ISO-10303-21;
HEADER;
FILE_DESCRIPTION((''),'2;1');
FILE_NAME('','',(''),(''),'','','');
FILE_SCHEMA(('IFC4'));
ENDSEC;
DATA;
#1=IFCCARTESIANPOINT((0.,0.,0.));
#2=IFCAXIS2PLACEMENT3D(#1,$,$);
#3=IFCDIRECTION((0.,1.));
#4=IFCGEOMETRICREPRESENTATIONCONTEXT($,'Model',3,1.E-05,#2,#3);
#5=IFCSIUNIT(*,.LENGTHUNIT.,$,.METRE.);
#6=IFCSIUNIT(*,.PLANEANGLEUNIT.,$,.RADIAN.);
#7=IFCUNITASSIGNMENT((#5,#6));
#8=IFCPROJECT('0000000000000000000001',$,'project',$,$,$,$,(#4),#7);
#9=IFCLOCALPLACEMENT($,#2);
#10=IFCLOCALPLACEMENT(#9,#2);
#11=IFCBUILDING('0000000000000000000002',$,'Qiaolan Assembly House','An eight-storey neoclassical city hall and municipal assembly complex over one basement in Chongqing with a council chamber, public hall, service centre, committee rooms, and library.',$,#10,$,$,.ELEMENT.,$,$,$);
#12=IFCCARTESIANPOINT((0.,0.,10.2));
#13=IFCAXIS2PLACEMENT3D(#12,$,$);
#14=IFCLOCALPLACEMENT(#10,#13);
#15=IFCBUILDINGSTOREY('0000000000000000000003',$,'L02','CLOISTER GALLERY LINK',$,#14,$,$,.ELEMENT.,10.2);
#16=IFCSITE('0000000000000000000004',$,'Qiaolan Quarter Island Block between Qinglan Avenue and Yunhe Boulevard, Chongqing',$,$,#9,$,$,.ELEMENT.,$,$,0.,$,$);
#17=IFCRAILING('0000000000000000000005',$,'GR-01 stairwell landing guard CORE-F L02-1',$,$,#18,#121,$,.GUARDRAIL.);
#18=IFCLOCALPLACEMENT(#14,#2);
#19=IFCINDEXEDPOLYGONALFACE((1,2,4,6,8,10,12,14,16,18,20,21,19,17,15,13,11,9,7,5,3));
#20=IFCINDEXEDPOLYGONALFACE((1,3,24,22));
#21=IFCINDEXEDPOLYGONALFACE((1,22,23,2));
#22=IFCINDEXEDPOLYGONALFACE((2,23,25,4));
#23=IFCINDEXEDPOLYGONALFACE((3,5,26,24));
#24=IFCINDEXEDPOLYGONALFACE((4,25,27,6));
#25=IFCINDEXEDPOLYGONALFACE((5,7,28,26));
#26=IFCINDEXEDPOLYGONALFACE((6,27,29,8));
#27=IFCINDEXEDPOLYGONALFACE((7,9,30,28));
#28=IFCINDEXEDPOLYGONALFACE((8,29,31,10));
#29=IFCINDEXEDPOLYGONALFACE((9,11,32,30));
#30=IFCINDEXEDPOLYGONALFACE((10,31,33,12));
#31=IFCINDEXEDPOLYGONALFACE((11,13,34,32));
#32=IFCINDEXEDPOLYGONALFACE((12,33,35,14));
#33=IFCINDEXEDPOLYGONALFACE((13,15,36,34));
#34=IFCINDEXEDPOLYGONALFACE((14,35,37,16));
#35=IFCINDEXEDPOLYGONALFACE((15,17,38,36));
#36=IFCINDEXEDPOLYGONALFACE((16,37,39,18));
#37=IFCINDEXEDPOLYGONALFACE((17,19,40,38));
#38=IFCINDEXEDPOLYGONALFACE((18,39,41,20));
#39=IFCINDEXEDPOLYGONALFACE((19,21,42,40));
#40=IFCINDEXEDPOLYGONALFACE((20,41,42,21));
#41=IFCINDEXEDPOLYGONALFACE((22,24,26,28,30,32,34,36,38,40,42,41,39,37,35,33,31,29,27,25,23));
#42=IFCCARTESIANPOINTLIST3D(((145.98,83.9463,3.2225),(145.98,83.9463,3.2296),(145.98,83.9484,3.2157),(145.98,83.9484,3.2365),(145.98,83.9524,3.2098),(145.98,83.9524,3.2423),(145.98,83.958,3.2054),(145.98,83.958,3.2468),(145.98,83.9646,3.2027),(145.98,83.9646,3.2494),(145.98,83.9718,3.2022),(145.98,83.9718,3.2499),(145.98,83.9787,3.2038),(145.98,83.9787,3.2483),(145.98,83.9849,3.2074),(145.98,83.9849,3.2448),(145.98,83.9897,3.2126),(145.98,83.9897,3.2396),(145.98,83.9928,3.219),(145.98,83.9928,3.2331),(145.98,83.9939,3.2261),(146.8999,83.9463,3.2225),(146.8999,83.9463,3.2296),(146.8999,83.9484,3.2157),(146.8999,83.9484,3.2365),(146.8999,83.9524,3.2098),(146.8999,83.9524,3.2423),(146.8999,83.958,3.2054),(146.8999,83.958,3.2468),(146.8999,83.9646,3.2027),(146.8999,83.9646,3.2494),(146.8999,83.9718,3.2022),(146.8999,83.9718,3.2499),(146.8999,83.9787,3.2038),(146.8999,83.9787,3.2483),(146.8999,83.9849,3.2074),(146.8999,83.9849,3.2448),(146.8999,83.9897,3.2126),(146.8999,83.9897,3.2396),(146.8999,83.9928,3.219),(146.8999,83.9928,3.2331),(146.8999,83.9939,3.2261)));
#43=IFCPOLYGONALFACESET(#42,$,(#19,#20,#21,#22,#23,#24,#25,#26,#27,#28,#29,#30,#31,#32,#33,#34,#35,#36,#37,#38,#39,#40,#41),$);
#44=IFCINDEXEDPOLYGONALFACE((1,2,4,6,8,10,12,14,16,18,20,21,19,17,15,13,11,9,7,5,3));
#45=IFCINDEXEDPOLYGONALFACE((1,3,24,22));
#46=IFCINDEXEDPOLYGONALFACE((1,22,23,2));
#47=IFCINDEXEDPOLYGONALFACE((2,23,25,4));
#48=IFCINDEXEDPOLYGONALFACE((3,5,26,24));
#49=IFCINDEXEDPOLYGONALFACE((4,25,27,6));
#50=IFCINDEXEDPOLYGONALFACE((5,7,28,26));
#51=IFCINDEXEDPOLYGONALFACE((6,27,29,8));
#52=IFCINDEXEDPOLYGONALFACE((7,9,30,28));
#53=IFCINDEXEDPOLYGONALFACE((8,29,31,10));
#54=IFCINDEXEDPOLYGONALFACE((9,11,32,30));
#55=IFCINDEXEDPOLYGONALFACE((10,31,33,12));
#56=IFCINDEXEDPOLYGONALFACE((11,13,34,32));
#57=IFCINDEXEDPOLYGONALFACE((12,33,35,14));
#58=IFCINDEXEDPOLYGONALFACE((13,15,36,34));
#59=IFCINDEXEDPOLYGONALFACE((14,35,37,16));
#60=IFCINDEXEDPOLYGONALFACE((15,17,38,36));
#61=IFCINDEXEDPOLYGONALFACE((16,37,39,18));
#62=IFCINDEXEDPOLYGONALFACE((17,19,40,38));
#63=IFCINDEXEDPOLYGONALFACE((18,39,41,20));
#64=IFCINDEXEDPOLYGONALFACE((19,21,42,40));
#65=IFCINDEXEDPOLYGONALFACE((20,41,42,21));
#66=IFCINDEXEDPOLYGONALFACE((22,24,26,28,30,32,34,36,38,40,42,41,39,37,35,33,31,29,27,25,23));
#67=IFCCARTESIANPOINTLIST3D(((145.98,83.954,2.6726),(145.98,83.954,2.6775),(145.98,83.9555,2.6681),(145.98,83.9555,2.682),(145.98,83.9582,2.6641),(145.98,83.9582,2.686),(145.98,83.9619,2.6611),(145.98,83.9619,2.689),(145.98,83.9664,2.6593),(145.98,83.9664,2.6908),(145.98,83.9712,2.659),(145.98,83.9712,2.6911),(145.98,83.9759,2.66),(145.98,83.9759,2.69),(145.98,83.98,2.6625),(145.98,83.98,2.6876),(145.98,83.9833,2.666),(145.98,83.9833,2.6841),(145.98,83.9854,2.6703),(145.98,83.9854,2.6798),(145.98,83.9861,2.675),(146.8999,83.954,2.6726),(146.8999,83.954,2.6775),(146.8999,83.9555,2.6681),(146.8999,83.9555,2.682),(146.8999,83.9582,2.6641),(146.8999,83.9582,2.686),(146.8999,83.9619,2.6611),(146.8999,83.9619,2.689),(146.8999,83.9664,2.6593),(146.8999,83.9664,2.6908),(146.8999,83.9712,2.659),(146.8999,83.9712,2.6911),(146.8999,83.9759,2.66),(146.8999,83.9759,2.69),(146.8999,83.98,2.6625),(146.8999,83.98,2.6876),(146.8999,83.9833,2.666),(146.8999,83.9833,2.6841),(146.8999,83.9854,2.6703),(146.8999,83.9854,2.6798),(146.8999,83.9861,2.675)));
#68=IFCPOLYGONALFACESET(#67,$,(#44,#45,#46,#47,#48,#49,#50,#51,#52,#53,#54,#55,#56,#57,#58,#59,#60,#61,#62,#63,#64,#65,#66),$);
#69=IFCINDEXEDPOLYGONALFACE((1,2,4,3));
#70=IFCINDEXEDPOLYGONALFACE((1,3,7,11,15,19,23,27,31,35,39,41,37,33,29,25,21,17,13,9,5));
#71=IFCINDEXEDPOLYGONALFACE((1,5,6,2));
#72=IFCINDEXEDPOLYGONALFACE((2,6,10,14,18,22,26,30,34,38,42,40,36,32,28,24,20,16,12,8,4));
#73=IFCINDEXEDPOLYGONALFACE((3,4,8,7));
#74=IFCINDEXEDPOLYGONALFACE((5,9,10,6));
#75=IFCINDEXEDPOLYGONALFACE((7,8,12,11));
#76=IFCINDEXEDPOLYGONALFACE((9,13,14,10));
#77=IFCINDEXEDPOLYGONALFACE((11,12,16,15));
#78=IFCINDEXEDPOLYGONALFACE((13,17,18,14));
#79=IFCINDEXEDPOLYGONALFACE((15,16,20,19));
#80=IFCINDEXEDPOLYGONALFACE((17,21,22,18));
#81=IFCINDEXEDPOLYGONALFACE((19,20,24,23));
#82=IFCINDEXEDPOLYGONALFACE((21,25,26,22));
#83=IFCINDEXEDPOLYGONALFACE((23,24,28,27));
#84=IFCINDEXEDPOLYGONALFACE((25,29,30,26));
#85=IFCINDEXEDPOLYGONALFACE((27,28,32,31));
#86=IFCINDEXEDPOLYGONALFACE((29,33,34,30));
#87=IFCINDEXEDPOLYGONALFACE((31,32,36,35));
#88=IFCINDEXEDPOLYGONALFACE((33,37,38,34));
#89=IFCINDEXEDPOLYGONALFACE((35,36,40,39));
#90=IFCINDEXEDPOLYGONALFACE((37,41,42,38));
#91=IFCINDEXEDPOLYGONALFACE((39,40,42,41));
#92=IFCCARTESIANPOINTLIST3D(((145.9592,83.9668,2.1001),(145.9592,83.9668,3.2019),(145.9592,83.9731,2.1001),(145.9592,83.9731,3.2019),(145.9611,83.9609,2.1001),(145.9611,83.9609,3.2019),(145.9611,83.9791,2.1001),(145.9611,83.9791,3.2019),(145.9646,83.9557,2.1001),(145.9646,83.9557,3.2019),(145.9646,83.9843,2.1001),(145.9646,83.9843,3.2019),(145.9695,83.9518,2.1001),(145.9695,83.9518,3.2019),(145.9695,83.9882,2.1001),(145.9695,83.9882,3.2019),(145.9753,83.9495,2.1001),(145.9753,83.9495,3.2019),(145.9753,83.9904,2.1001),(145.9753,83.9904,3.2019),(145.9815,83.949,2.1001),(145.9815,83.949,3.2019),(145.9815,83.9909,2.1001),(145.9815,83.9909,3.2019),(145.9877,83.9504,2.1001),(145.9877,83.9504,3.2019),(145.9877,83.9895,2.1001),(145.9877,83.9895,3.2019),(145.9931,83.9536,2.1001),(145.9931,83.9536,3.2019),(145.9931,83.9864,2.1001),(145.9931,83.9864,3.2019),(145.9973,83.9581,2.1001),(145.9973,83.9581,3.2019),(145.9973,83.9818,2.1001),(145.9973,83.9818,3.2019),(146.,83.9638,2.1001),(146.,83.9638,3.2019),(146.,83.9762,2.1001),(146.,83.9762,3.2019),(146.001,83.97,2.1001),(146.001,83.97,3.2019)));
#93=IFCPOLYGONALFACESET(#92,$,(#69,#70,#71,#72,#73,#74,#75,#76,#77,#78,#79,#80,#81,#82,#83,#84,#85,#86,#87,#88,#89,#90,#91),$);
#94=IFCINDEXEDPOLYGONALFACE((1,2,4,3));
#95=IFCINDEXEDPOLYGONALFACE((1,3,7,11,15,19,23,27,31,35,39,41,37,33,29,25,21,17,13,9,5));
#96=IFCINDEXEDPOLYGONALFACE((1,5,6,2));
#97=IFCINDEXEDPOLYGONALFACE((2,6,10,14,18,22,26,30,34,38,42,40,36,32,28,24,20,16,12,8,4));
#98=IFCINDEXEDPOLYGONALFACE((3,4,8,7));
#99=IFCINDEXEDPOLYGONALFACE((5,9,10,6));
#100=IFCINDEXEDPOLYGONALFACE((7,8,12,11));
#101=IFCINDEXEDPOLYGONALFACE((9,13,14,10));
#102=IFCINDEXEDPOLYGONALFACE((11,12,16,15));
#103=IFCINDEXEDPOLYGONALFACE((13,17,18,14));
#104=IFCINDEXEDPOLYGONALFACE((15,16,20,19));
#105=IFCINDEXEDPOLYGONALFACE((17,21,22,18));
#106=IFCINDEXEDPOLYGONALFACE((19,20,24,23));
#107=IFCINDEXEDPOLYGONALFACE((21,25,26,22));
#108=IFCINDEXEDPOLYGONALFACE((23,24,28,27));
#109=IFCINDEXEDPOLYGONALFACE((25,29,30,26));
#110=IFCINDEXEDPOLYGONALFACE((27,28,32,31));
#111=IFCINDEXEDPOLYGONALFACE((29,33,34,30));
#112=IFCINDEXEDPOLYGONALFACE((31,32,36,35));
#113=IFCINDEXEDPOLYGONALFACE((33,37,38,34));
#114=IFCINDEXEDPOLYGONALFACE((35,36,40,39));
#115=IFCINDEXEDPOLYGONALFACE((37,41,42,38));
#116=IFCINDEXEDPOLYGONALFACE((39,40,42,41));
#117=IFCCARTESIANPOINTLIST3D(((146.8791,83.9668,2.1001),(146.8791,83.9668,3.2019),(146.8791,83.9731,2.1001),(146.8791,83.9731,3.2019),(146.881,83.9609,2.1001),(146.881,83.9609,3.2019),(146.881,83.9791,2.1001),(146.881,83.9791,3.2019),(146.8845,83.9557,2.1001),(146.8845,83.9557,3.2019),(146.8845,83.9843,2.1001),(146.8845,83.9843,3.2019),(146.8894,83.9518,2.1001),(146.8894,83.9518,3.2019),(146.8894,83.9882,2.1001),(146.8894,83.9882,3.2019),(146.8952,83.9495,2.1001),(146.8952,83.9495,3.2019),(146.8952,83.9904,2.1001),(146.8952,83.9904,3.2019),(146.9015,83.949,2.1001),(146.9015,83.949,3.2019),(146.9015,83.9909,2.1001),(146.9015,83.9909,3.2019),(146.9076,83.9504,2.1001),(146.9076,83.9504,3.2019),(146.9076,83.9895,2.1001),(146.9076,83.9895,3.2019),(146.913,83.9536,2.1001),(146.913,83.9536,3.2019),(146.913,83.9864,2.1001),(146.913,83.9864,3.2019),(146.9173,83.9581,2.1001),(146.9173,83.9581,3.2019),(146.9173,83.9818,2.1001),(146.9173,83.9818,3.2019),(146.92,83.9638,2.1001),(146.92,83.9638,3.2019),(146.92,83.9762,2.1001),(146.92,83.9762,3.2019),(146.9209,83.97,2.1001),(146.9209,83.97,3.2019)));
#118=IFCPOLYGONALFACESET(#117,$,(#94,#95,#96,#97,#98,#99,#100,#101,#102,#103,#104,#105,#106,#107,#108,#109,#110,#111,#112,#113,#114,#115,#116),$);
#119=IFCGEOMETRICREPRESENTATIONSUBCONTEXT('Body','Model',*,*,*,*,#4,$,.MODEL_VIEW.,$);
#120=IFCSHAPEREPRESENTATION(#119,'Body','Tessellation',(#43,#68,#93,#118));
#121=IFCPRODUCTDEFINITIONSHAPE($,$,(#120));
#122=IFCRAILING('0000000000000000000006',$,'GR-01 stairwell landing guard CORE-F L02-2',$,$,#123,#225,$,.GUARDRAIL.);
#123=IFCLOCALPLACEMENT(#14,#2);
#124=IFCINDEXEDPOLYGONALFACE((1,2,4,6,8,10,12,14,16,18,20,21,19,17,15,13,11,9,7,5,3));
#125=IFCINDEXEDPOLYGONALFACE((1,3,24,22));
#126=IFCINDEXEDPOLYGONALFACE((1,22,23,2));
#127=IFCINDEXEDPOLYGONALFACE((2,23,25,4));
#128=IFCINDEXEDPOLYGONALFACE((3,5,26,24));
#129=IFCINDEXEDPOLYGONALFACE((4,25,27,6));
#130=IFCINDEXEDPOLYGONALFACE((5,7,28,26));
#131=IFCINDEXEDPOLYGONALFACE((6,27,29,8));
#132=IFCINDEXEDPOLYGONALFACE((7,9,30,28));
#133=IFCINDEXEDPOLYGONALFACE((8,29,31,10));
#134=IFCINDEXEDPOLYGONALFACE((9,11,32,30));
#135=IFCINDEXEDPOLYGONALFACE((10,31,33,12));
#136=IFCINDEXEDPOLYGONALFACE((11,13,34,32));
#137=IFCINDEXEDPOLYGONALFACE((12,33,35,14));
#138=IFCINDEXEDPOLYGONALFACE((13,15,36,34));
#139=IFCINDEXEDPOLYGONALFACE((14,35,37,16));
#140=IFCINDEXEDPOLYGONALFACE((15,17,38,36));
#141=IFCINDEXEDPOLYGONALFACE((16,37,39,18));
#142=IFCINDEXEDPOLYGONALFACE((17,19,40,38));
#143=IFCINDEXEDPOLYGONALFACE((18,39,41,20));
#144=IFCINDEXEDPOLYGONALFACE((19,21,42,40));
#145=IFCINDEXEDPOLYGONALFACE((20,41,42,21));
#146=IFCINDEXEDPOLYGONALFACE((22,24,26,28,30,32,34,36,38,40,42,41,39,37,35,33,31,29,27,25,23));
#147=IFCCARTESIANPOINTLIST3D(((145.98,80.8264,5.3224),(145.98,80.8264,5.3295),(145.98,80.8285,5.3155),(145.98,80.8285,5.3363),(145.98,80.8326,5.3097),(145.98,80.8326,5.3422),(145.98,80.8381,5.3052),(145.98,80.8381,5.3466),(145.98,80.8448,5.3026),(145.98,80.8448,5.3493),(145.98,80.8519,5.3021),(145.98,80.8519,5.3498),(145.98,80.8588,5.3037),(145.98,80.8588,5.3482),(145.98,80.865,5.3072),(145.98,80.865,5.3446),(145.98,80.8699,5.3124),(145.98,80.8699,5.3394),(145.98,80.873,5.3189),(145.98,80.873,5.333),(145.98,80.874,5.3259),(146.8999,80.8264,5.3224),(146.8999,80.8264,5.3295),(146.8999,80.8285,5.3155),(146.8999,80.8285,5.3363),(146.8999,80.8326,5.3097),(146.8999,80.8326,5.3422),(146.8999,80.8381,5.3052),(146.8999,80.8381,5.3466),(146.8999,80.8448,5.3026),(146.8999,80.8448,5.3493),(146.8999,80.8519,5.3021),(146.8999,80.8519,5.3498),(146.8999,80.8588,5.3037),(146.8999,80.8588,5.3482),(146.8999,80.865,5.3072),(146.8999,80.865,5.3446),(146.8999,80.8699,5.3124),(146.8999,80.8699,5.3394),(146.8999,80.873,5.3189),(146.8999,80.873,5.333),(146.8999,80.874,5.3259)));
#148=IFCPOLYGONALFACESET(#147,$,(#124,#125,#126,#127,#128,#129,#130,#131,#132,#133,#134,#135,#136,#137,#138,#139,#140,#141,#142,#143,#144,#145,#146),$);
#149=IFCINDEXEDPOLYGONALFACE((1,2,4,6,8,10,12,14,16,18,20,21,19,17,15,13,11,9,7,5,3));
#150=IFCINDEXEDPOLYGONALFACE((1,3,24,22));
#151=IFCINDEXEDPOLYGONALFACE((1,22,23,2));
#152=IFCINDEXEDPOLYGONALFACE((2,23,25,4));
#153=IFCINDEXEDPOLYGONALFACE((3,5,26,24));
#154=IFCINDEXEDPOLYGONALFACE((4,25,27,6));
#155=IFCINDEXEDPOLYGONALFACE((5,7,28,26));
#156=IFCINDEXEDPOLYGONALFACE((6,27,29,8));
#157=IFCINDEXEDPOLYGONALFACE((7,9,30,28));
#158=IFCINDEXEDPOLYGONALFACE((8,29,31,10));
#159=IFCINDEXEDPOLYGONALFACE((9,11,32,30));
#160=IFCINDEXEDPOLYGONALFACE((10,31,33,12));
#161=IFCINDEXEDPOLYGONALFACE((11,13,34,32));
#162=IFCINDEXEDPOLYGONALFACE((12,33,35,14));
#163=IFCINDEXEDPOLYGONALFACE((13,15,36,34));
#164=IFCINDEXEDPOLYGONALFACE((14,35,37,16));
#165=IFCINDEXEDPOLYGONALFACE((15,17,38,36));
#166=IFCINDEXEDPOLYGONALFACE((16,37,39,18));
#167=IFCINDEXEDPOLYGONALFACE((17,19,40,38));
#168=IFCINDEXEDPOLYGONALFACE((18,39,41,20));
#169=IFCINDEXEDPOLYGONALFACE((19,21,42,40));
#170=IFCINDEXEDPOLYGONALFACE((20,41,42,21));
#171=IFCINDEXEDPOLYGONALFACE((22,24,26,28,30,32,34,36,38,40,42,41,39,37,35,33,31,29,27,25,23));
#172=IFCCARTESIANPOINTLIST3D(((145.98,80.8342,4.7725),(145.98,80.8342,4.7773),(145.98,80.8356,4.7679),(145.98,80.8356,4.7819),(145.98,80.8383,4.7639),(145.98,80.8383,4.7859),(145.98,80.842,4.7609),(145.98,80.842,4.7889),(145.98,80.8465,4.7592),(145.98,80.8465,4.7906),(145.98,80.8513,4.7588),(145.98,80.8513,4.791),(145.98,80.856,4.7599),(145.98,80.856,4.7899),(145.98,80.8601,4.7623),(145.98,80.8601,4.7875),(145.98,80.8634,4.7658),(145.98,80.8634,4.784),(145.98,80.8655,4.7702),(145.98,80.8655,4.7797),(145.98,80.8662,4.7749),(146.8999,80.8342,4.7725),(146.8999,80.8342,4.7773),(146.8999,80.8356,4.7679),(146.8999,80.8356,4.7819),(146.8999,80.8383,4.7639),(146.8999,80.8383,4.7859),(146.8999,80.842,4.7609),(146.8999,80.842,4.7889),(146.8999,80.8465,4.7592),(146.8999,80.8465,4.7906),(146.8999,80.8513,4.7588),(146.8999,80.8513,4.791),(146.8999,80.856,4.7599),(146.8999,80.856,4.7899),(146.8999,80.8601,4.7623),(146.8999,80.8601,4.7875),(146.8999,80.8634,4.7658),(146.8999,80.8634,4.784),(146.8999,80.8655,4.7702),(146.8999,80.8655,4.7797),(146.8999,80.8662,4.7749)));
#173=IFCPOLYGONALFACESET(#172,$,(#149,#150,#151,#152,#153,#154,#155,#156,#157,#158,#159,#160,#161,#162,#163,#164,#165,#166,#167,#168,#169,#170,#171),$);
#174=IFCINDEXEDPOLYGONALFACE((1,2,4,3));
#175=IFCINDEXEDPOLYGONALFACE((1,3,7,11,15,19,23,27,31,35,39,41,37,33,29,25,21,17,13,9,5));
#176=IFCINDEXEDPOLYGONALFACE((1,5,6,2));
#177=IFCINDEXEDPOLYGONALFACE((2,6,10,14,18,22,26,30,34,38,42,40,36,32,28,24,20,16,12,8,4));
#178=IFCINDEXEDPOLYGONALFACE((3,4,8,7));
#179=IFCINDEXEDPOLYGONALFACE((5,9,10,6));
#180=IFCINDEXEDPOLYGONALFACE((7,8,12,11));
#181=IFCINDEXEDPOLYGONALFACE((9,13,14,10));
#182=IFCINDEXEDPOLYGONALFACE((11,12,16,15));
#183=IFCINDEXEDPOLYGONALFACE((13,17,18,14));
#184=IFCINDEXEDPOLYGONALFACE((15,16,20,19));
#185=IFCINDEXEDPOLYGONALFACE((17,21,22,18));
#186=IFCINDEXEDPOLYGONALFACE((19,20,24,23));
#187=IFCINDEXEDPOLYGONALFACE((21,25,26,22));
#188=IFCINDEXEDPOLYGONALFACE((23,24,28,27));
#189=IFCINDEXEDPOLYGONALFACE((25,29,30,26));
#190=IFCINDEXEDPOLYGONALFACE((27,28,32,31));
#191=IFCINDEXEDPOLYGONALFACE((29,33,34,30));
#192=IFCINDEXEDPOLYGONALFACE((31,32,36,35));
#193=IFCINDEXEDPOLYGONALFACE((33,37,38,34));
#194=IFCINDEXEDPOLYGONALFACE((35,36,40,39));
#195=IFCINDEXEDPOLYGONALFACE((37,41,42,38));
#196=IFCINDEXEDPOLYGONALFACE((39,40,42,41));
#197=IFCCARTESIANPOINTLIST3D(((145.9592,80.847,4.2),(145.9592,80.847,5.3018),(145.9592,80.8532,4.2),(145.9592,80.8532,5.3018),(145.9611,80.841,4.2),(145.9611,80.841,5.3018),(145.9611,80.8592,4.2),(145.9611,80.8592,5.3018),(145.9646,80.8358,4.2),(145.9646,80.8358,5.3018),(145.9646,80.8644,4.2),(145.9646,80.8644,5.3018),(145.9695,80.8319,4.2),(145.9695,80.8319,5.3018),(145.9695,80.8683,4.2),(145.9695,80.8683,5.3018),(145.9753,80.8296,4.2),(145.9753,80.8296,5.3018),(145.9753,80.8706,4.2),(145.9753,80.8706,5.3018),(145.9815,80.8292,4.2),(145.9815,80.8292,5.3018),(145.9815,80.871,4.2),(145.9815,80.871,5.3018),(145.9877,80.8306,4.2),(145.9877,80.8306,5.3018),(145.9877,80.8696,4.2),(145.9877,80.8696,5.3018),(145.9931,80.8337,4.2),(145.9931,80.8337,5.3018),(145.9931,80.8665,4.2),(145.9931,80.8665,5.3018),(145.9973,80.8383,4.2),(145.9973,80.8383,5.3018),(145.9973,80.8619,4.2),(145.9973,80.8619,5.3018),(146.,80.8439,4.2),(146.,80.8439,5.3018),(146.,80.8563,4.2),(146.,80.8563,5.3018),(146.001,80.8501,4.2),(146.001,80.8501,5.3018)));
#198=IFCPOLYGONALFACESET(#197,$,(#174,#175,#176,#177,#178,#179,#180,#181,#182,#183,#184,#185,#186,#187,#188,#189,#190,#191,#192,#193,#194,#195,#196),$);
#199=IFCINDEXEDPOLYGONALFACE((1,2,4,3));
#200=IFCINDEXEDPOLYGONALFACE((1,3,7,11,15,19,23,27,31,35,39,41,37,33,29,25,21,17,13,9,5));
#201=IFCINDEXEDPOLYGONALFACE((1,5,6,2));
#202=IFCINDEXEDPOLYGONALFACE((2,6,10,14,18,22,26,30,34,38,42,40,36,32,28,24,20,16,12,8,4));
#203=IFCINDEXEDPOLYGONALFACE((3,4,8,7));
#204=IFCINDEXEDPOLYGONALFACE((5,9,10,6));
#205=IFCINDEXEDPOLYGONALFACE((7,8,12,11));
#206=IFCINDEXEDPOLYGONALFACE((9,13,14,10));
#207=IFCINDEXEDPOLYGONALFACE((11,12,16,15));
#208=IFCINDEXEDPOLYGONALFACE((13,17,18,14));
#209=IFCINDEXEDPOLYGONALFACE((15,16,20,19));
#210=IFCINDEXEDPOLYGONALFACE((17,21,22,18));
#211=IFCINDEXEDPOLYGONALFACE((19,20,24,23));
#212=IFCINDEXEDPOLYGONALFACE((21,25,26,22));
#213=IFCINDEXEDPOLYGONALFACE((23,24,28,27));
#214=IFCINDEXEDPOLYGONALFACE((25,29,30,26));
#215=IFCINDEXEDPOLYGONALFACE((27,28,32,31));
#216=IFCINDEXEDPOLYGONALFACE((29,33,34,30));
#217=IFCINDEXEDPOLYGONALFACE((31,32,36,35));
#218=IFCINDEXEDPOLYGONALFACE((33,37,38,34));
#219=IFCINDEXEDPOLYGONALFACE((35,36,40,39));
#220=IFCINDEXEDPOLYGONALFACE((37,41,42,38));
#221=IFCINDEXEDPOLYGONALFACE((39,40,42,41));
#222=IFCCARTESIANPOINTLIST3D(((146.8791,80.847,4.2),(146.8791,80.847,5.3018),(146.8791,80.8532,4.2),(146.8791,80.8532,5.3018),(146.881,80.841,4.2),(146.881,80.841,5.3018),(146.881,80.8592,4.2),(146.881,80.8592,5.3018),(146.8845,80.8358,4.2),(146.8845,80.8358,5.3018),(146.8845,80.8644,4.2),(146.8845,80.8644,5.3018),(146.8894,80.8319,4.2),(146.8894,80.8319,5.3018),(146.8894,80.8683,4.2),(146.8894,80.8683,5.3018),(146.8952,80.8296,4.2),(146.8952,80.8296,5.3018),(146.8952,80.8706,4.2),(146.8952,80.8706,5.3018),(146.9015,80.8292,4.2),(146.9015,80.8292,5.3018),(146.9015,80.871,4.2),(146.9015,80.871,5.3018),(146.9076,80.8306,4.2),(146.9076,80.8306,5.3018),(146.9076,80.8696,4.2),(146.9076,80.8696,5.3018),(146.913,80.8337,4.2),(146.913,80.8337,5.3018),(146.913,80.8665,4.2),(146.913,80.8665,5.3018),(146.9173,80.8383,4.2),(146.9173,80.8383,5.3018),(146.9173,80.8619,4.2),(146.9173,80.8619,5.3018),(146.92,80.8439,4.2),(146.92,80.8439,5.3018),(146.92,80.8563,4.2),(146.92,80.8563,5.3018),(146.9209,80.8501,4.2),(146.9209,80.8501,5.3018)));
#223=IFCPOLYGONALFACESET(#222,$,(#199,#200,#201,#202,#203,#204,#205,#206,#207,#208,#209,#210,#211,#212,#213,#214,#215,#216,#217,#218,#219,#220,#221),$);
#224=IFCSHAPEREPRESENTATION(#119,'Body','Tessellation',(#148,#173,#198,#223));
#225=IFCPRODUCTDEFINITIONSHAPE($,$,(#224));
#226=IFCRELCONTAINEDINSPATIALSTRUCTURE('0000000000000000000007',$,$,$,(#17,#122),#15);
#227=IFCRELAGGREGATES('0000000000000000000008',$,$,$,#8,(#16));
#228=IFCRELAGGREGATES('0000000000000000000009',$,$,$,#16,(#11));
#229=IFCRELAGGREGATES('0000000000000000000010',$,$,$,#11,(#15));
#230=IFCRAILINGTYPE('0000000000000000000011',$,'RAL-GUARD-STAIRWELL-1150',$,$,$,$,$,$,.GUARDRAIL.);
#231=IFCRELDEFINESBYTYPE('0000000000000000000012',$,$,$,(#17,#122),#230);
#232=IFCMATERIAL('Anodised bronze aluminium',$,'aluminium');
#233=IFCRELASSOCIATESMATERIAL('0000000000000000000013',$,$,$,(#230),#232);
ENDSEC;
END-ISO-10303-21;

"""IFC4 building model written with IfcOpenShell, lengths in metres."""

from ifc_helpers import new_model, si_unit, direction, frame, origin, origin_2d, place, context, subcontext, project, spatial, circle, extrude, material, type_object, element, save


model = new_model("IFC4")

# Units and contexts
model_context = context("Model", 3, precision=1e-05, world=origin(), true_north=direction((0.0, 1.0)))
body_context = subcontext(model_context, "Body", "Model", "MODEL_VIEW")
ifc_project = project(units=[si_unit("LENGTHUNIT", "METRE"), si_unit("PLANEANGLEUNIT", "RADIAN")], contexts=[model_context])

# Site, building, storey
site_placement = place(None, origin())
site = spatial("IfcSite", under=ifc_project, at=site_placement, Name="Qiaolan Quarter Island Block between Qinglan Avenue and Yunhe Boulevard, Chongqing", CompositionType="ELEMENT", RefElevation=0.0)
building_placement = place(site_placement, origin())
building = spatial("IfcBuilding", under=site, at=building_placement, Name="Qiaolan Assembly House", Description="An eight-storey neoclassical city hall and municipal assembly complex over one basement in Chongqing with a council chamber, public hall, service centre, committee rooms, and library.", CompositionType="ELEMENT")
storey_placement = place(building_placement, frame((0.0, 0.0, 10.2)))
storey = spatial("IfcBuildingStorey", under=building, at=storey_placement, Name="L02", Description="CLOISTER GALLERY LINK", CompositionType="ELEMENT", Elevation=10.2)

# Shared definitions
ifc_material_1 = material(Name="Anodised bronze aluminium", Category="aluminium")

# Railings
railing_type_1 = type_object("IfcRailingType", Name="RAL-GUARD-STAIRWELL-1150", PredefinedType="GUARDRAIL", material=ifc_material_1)
for number, where, name in (
    (1, (145.98, 83.97, 2.1001), "GR-01 stairwell landing guard CORE-F L02-1"),
    (2, (145.98, 80.8501, 4.2), "GR-01 stairwell landing guard CORE-F L02-2"),
):
    element("IfcRailing", number, at=place(storey_placement, frame(where)), inside=storey, type_object=railing_type_1, Name=name, PredefinedType="GUARDRAIL", context=body_context, shape_type="SweptSolid", body=[
        extrude(circle(Radius=0.0239, at=origin_2d()), frame((0.0, 0.0, 1.126), z_axis=(1.0, 0.0, 0.0), x_axis=(0.0, 1.0, 0.0)), (0.0, 0.0, 1.0), 0.9199),
        extrude(circle(Radius=0.0161, at=origin_2d()), frame((0.0, 0.0, 0.575), z_axis=(1.0, 0.0, 0.0), x_axis=(0.0, 1.0, 0.0)), (0.0, 0.0, 1.0), 0.9199),
        extrude(circle(Radius=0.021, at=origin_2d()), origin(), (0.0, 0.0, 1.0), 1.1018),
        extrude(circle(Radius=0.021, at=origin_2d()), frame((0.9199, 0.0, 0.0)), (0.0, 0.0, 1.0), 1.1018),
    ])

save(model, "model.ifc")
